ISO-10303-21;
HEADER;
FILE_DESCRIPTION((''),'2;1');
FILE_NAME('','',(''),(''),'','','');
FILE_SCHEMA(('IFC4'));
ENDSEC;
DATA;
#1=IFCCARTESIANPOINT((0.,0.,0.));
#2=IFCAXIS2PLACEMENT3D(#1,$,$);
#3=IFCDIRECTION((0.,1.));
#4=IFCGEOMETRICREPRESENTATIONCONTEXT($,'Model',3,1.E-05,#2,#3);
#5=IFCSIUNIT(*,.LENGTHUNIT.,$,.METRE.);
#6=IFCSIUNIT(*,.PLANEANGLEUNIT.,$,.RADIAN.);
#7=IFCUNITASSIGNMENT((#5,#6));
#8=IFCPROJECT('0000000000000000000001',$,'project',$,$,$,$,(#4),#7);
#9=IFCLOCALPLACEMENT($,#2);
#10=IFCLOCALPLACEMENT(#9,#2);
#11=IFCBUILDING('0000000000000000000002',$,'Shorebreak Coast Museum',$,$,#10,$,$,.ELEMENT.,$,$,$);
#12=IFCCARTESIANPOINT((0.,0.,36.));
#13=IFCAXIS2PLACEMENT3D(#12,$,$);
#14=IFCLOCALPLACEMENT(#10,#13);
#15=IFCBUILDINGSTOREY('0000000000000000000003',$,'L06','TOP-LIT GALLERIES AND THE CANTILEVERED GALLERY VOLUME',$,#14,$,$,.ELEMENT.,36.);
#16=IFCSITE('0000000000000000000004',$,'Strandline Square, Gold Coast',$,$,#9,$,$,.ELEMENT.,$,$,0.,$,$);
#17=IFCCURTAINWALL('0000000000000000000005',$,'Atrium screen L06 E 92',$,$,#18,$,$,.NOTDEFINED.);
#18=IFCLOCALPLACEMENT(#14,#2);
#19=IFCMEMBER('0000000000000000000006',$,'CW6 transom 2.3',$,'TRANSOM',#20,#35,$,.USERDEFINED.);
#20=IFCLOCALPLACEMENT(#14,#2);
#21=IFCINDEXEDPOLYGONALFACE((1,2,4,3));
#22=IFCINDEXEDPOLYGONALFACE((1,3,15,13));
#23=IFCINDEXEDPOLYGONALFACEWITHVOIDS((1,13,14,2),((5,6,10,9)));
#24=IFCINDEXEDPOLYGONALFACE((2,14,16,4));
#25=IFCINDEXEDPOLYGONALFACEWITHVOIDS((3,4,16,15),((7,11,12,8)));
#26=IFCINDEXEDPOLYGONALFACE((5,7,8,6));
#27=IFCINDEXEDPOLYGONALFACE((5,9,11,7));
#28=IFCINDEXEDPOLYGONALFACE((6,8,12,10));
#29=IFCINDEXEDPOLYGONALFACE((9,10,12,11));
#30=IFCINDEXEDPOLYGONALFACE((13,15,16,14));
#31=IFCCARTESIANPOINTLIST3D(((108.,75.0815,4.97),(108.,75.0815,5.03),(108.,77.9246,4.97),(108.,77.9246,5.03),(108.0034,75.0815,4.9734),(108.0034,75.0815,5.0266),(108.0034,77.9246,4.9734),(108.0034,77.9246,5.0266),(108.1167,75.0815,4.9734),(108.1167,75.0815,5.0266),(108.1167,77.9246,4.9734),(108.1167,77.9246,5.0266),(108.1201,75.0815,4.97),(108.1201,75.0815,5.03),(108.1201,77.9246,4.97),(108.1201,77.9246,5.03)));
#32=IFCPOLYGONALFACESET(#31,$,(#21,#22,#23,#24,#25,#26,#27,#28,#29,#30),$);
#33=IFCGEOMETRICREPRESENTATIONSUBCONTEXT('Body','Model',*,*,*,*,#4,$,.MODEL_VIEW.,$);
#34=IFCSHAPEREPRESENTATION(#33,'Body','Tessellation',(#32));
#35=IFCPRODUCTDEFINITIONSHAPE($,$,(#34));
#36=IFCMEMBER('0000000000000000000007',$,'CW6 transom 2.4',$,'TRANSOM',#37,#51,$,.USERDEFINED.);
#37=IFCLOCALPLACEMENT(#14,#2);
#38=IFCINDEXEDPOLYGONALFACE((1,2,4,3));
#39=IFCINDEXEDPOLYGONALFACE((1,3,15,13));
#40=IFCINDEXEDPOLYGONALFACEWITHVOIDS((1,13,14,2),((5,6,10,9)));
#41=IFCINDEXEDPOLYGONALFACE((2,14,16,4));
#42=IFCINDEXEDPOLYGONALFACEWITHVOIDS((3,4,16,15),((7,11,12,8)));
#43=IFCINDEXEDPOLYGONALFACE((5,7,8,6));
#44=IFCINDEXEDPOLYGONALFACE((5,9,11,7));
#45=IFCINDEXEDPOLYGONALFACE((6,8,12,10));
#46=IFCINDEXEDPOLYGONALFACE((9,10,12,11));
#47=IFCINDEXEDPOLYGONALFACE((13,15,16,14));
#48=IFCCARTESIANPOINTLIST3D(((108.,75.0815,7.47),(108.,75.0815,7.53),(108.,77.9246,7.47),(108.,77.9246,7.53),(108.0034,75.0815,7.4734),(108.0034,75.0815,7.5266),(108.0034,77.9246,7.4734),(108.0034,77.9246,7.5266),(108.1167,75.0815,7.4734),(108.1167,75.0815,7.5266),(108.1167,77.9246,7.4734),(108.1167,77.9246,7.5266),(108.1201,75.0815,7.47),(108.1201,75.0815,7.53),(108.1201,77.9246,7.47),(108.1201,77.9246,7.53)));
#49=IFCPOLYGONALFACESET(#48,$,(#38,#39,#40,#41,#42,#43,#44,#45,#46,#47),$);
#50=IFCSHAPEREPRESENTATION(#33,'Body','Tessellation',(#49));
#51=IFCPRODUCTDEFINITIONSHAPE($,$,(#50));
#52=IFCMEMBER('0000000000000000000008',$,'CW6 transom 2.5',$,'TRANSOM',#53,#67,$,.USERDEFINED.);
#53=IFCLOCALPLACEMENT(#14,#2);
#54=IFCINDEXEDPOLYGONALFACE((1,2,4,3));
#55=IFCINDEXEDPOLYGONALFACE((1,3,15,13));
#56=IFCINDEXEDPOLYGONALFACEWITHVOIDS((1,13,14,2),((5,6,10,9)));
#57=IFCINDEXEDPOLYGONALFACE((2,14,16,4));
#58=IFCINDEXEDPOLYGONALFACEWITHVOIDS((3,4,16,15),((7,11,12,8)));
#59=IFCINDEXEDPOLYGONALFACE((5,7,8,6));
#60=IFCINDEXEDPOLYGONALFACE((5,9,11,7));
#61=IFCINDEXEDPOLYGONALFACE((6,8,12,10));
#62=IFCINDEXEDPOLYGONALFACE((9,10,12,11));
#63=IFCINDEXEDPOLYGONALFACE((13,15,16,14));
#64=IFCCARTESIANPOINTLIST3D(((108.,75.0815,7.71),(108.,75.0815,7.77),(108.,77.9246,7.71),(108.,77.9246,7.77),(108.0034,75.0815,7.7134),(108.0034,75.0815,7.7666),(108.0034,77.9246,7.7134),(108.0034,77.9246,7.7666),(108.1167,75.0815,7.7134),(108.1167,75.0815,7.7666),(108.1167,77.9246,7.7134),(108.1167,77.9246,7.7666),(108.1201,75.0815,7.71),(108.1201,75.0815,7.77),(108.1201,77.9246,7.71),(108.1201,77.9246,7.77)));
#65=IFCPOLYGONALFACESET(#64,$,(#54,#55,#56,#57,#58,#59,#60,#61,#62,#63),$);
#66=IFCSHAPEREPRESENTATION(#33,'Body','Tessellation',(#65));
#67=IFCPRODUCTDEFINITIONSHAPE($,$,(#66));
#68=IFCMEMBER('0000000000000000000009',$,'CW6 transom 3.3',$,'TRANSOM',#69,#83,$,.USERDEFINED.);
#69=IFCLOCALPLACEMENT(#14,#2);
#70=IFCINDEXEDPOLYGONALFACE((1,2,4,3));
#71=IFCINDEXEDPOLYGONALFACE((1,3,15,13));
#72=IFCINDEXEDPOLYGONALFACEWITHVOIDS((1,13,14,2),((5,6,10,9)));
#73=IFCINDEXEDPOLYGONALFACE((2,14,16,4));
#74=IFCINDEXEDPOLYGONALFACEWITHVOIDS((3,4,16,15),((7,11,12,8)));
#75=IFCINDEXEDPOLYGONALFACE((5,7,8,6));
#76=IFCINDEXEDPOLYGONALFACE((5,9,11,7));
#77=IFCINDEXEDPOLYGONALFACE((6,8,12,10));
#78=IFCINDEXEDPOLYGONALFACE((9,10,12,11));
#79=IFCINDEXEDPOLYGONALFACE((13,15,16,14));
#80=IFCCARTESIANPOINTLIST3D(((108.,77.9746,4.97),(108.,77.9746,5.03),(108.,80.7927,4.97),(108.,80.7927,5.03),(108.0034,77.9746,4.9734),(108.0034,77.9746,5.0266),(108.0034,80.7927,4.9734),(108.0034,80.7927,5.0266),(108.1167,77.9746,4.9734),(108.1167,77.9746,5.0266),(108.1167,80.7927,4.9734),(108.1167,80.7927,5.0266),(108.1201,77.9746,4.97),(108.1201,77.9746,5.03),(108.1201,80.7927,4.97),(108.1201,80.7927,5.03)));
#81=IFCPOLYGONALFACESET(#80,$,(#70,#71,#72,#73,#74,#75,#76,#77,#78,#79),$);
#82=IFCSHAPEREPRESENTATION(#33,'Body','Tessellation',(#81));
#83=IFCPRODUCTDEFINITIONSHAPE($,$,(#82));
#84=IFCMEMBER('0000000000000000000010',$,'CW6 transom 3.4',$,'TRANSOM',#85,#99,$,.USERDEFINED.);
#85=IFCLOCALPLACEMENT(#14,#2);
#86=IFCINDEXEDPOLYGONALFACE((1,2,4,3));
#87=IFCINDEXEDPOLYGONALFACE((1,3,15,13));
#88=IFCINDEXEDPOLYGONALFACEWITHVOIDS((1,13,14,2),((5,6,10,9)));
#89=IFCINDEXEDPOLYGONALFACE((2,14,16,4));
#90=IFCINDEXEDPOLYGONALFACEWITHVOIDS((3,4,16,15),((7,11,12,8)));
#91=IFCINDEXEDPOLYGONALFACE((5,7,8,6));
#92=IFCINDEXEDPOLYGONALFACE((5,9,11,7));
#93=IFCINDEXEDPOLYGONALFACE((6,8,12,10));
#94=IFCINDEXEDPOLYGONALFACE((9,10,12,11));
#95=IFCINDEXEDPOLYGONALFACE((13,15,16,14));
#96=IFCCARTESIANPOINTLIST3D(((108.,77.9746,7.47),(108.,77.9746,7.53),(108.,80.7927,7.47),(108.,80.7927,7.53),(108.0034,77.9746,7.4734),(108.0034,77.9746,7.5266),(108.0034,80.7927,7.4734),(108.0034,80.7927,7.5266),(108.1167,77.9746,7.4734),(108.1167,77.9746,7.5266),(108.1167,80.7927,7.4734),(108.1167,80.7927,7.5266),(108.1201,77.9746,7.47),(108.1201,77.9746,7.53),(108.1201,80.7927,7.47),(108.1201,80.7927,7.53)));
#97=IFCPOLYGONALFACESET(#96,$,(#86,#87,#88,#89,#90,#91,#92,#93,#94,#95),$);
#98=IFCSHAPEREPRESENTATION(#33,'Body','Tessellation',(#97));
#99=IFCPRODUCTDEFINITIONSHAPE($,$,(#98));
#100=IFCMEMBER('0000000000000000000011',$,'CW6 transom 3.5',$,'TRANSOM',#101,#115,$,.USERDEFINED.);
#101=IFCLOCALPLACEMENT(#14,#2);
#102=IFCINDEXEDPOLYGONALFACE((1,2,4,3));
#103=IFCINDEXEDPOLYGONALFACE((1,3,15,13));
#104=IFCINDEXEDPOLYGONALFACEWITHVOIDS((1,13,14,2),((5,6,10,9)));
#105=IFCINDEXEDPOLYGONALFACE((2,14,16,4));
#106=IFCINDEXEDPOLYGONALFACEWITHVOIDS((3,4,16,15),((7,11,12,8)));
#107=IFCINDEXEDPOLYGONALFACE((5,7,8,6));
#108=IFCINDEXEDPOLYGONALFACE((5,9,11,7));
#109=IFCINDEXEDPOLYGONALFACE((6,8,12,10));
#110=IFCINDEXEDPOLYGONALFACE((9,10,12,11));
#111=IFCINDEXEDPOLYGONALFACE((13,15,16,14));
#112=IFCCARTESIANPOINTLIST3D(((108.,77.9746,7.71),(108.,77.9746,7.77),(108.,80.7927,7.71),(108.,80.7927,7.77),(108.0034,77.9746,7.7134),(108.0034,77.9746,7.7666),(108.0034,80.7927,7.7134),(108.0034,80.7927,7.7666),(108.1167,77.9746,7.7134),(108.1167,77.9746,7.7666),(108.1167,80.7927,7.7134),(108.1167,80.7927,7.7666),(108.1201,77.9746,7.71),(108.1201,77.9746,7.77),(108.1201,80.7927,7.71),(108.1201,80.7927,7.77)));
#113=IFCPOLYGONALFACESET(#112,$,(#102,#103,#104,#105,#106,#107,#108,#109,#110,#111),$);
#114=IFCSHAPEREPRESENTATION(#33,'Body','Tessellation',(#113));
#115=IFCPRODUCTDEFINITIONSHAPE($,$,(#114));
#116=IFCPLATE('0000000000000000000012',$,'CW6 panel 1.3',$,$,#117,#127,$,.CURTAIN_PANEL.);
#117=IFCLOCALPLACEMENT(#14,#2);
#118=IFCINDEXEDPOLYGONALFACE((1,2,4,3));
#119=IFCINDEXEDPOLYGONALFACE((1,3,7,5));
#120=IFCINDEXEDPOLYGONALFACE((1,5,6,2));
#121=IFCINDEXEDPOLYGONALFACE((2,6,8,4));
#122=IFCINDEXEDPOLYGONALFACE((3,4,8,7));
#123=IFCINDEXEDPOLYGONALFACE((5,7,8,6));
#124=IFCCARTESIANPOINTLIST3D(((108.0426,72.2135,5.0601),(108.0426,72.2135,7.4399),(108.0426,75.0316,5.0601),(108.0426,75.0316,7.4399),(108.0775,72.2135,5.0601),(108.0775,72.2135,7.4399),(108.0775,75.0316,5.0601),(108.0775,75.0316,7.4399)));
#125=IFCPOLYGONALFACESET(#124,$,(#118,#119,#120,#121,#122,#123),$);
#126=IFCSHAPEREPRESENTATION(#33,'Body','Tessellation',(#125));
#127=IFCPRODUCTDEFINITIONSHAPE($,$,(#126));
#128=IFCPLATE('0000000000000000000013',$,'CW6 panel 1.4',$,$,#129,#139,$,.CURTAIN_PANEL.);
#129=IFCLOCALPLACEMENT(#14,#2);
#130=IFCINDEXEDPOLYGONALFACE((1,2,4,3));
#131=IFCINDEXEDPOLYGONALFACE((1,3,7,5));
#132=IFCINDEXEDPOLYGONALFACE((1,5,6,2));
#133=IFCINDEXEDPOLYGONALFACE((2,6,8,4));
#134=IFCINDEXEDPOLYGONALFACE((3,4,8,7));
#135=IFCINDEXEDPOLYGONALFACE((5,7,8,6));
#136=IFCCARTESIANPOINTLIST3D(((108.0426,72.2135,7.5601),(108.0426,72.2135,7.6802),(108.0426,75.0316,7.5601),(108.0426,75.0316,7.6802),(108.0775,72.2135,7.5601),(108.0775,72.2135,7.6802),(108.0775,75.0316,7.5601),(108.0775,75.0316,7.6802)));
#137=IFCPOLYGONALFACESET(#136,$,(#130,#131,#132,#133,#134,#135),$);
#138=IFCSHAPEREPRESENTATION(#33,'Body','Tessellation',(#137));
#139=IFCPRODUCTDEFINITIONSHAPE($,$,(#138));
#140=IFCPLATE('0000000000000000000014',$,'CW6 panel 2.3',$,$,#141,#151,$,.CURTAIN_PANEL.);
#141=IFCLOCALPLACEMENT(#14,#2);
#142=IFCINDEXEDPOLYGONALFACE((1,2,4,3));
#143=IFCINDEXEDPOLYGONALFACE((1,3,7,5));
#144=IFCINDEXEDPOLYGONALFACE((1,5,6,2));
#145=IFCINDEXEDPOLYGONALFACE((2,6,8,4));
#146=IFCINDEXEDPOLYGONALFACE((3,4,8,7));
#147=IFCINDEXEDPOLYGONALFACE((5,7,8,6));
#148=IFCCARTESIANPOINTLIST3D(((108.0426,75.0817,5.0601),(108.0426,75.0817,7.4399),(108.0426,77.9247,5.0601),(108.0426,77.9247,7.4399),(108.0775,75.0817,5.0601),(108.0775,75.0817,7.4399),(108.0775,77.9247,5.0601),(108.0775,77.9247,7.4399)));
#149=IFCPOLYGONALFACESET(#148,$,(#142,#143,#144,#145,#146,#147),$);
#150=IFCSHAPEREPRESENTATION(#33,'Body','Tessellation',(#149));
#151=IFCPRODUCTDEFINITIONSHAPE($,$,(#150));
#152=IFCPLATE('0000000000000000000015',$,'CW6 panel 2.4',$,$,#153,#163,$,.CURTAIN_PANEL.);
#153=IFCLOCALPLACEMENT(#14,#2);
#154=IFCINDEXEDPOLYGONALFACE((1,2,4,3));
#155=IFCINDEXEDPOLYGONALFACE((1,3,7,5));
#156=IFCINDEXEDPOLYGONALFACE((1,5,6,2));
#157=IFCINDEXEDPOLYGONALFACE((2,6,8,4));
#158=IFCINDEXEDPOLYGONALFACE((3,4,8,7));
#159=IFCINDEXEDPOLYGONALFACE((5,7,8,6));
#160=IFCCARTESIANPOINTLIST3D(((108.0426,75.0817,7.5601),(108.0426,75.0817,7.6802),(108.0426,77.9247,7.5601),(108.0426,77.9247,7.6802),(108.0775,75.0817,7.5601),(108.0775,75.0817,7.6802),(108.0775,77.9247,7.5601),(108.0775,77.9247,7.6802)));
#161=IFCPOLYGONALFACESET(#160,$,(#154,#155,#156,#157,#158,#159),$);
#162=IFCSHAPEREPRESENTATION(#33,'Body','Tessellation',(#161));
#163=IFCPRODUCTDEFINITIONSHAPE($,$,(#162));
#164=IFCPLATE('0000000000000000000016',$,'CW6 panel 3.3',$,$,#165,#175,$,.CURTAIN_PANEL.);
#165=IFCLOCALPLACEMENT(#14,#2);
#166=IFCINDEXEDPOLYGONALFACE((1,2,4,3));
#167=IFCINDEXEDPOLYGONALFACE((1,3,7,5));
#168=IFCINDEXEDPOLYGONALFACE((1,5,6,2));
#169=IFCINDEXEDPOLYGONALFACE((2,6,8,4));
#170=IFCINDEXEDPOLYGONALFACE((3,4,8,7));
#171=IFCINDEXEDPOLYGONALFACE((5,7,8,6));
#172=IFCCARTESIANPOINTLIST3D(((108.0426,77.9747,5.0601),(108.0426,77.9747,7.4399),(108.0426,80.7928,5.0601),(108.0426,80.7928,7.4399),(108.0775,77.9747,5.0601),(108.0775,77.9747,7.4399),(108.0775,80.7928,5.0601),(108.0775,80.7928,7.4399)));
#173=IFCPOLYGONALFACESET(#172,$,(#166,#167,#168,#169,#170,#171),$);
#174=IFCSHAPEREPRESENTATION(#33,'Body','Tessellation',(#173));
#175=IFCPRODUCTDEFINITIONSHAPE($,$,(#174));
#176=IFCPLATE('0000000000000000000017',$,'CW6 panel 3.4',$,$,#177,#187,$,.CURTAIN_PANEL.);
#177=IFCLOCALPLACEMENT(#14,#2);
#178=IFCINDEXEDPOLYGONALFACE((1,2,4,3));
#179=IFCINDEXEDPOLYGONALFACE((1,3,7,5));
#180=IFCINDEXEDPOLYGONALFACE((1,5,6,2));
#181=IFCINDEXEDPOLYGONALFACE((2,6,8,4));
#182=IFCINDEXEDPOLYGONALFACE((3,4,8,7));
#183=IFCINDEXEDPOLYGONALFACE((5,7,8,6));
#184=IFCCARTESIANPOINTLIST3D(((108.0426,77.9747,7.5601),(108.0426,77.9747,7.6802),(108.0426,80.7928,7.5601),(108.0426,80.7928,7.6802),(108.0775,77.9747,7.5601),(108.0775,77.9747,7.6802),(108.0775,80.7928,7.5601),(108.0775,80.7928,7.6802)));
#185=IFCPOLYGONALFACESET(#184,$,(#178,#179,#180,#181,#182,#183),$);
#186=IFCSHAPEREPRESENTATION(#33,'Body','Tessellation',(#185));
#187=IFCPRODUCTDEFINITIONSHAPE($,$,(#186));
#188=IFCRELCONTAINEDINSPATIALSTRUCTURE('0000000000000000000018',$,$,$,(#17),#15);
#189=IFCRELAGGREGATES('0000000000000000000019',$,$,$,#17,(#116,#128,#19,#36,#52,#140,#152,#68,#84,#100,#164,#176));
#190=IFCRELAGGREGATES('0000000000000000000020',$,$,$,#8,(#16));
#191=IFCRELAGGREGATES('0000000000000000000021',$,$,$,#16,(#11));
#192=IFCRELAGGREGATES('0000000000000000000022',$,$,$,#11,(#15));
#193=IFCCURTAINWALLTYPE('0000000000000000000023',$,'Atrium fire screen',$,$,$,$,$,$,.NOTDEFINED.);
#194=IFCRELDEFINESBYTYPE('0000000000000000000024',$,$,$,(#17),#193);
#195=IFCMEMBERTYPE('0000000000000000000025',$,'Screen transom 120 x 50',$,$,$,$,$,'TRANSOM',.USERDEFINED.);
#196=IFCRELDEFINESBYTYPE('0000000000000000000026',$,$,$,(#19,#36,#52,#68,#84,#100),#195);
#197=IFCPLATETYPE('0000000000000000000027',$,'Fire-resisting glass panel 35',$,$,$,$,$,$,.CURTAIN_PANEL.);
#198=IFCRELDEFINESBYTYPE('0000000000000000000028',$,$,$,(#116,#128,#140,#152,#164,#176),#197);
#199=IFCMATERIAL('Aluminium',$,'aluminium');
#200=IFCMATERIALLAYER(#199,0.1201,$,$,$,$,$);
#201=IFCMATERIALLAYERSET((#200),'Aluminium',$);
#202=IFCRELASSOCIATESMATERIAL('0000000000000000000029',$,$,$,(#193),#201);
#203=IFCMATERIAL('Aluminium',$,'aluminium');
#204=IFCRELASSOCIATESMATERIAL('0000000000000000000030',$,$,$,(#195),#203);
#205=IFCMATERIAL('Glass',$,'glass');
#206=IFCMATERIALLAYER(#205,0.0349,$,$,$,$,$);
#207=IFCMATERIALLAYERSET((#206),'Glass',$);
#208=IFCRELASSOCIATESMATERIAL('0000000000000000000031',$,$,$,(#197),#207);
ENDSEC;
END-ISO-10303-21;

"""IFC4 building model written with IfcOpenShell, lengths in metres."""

from ifc_helpers import new_model, si_unit, direction, frame, origin, origin_2d, place, context, subcontext, project, spatial, rectangle, hollow_rectangle, extrude, material, layer, layer_set, material_profile, profile_set, type_object, element, aggregate, save


model = new_model("IFC4")

# Units and contexts
model_context = context("Model", 3, precision=1e-05, world=origin(), true_north=direction((0.0, 1.0)))
body_context = subcontext(model_context, "Body", "Model", "MODEL_VIEW")
ifc_project = project(units=[si_unit("LENGTHUNIT", "METRE"), si_unit("PLANEANGLEUNIT", "RADIAN")], contexts=[model_context])

# Site, building, storey
site_placement = place(None, origin())
site = spatial("IfcSite", under=ifc_project, at=site_placement, Name="Strandline Square, Gold Coast", CompositionType="ELEMENT", RefElevation=0.0)
building_placement = place(site_placement, origin())
building = spatial("IfcBuilding", under=site, at=building_placement, Name="Shorebreak Coast Museum", CompositionType="ELEMENT")
storey_placement = place(building_placement, frame((0.0, 0.0, 36.0)))
storey = spatial("IfcBuildingStorey", under=building, at=storey_placement, Name="L06", Description="TOP-LIT GALLERIES AND THE CANTILEVERED GALLERY VOLUME", CompositionType="ELEMENT", Elevation=36.0)

# Curtain wall, members, plates
ifc_material_1 = material(Name="Aluminium", Category="aluminium")
ifc_layer_1 = layer(ifc_material_1, 0.1201)
ifc_layer_set_1 = layer_set([ifc_layer_1], Name="Aluminium")
curtain_wall_type = type_object("IfcCurtainWallType", Name="Atrium fire screen", PredefinedType="NOTDEFINED", material=ifc_layer_set_1)
curtain_wall_placement = place(storey_placement, origin())
curtain_wall = element("IfcCurtainWall", 1, at=curtain_wall_placement, inside=storey, type_object=curtain_wall_type, Name="Atrium screen L06 E 92", PredefinedType="NOTDEFINED")
ifc_material_2 = material(Name="Aluminium", Category="aluminium")
ifc_material_profile_1 = material_profile(ifc_material_2, hollow_rectangle(XDim=0.1201, YDim=0.0601, WallThickness=0.0034, at=origin_2d()), Name="AL 60x120 RHS")
ifc_profile_set_1 = profile_set([ifc_material_profile_1], Name="Aluminium")
member_type = type_object("IfcMemberType", Name="Screen transom 120 x 50", ElementType="TRANSOM", PredefinedType="USERDEFINED", material=ifc_profile_set_1)
member_1_placement = place(storey_placement, frame((108.0601, 75.0815, 5.0), z_axis=(0.0, 1.0, 0.0), x_axis=(-1.0, 0.0, 0.0)))
member_1 = element("IfcMember", 2, at=member_1_placement, type_object=member_type, Name="CW6 transom 2.3", ObjectType="TRANSOM", PredefinedType="USERDEFINED", context=body_context, shape_type="SweptSolid", body=[
    extrude(hollow_rectangle(XDim=0.1201, YDim=0.0601, WallThickness=0.0034, at=origin_2d()), origin(), (0.0, 0.0, 1.0), 2.843),
])
member_2_placement = place(storey_placement, frame((108.0601, 75.0815, 7.5), z_axis=(0.0, 1.0, 0.0), x_axis=(-1.0, 0.0, 0.0)))
member_2 = element("IfcMember", 3, at=member_2_placement, type_object=member_type, Name="CW6 transom 2.4", ObjectType="TRANSOM", PredefinedType="USERDEFINED", context=body_context, shape_type="SweptSolid", body=[
    extrude(hollow_rectangle(XDim=0.1201, YDim=0.0601, WallThickness=0.0034, at=origin_2d()), origin(), (0.0, 0.0, 1.0), 2.843),
])
member_3_placement = place(storey_placement, frame((108.0601, 75.0815, 7.74), z_axis=(0.0, 1.0, 0.0), x_axis=(-1.0, 0.0, 0.0)))
member_3 = element("IfcMember", 4, at=member_3_placement, type_object=member_type, Name="CW6 transom 2.5", ObjectType="TRANSOM", PredefinedType="USERDEFINED", context=body_context, shape_type="SweptSolid", body=[
    extrude(hollow_rectangle(XDim=0.1201, YDim=0.0601, WallThickness=0.0034, at=origin_2d()), origin(), (0.0, 0.0, 1.0), 2.843),
])
member_4_placement = place(storey_placement, frame((108.0601, 77.9746, 5.0), z_axis=(0.0, 1.0, 0.0), x_axis=(-1.0, 0.0, 0.0)))
member_4 = element("IfcMember", 5, at=member_4_placement, type_object=member_type, Name="CW6 transom 3.3", ObjectType="TRANSOM", PredefinedType="USERDEFINED", context=body_context, shape_type="SweptSolid", body=[
    extrude(hollow_rectangle(XDim=0.1201, YDim=0.0601, WallThickness=0.0034, at=origin_2d()), origin(), (0.0, 0.0, 1.0), 2.8181),
])
member_5_placement = place(storey_placement, frame((108.0601, 77.9746, 7.5), z_axis=(0.0, 1.0, 0.0), x_axis=(-1.0, 0.0, 0.0)))
member_5 = element("IfcMember", 6, at=member_5_placement, type_object=member_type, Name="CW6 transom 3.4", ObjectType="TRANSOM", PredefinedType="USERDEFINED", context=body_context, shape_type="SweptSolid", body=[
    extrude(hollow_rectangle(XDim=0.1201, YDim=0.0601, WallThickness=0.0034, at=origin_2d()), origin(), (0.0, 0.0, 1.0), 2.8181),
])
member_6_placement = place(storey_placement, frame((108.0601, 77.9746, 7.74), z_axis=(0.0, 1.0, 0.0), x_axis=(-1.0, 0.0, 0.0)))
member_6 = element("IfcMember", 7, at=member_6_placement, type_object=member_type, Name="CW6 transom 3.5", ObjectType="TRANSOM", PredefinedType="USERDEFINED", context=body_context, shape_type="SweptSolid", body=[
    extrude(hollow_rectangle(XDim=0.1201, YDim=0.0601, WallThickness=0.0034, at=origin_2d()), origin(), (0.0, 0.0, 1.0), 2.8181),
])
ifc_material_3 = material(Name="Glass", Category="glass")
ifc_layer_2 = layer(ifc_material_3, 0.0349)
ifc_layer_set_2 = layer_set([ifc_layer_2], Name="Glass")
plate_type = type_object("IfcPlateType", Name="Fire-resisting glass panel 35", PredefinedType="CURTAIN_PANEL", material=ifc_layer_set_2)
plate_1_placement = place(storey_placement, frame((108.0601, 73.6226, 5.0601), z_axis=(0.0, 0.0, 1.0), x_axis=(0.0, 1.0, 0.0)))
plate_1 = element("IfcPlate", 8, at=plate_1_placement, type_object=plate_type, Name="CW6 panel 1.3", PredefinedType="CURTAIN_PANEL", context=body_context, shape_type="SweptSolid", body=[
    extrude(rectangle(XDim=2.8181, YDim=0.0349, at=origin_2d()), origin(), (0.0, 0.0, 1.0), 2.3799),
])
plate_2_placement = place(storey_placement, frame((108.0601, 73.6226, 7.5601), z_axis=(0.0, 0.0, 1.0), x_axis=(0.0, 1.0, 0.0)))
plate_2 = element("IfcPlate", 9, at=plate_2_placement, type_object=plate_type, Name="CW6 panel 1.4", PredefinedType="CURTAIN_PANEL", context=body_context, shape_type="SweptSolid", body=[
    extrude(rectangle(XDim=2.8181, YDim=0.0349, at=origin_2d()), origin(), (0.0, 0.0, 1.0), 0.1201),
])
plate_3_placement = place(storey_placement, frame((108.0601, 76.5032, 5.0601), z_axis=(0.0, 0.0, 1.0), x_axis=(0.0, 1.0, 0.0)))
plate_3 = element("IfcPlate", 10, at=plate_3_placement, type_object=plate_type, Name="CW6 panel 2.3", PredefinedType="CURTAIN_PANEL", context=body_context, shape_type="SweptSolid", body=[
    extrude(rectangle(XDim=2.843, YDim=0.0349, at=origin_2d()), origin(), (0.0, 0.0, 1.0), 2.3799),
])
plate_4_placement = place(storey_placement, frame((108.0601, 76.5032, 7.5601), z_axis=(0.0, 0.0, 1.0), x_axis=(0.0, 1.0, 0.0)))
plate_4 = element("IfcPlate", 11, at=plate_4_placement, type_object=plate_type, Name="CW6 panel 2.4", PredefinedType="CURTAIN_PANEL", context=body_context, shape_type="SweptSolid", body=[
    extrude(rectangle(XDim=2.843, YDim=0.0349, at=origin_2d()), origin(), (0.0, 0.0, 1.0), 0.1201),
])
plate_5_placement = place(storey_placement, frame((108.0601, 79.3838, 5.0601), z_axis=(0.0, 0.0, 1.0), x_axis=(0.0, 1.0, 0.0)))
plate_5 = element("IfcPlate", 12, at=plate_5_placement, type_object=plate_type, Name="CW6 panel 3.3", PredefinedType="CURTAIN_PANEL", context=body_context, shape_type="SweptSolid", body=[
    extrude(rectangle(XDim=2.8181, YDim=0.0349, at=origin_2d()), origin(), (0.0, 0.0, 1.0), 2.3799),
])
plate_6_placement = place(storey_placement, frame((108.0601, 79.3838, 7.5601), z_axis=(0.0, 0.0, 1.0), x_axis=(0.0, 1.0, 0.0)))
plate_6 = element("IfcPlate", 13, at=plate_6_placement, type_object=plate_type, Name="CW6 panel 3.4", PredefinedType="CURTAIN_PANEL", context=body_context, shape_type="SweptSolid", body=[
    extrude(rectangle(XDim=2.8181, YDim=0.0349, at=origin_2d()), origin(), (0.0, 0.0, 1.0), 0.1201),
])
aggregate(curtain_wall, [plate_1, plate_2, member_1, member_2, member_3, plate_3, plate_4, member_4, member_5, member_6, plate_5, plate_6])

save(model, "model.ifc")
